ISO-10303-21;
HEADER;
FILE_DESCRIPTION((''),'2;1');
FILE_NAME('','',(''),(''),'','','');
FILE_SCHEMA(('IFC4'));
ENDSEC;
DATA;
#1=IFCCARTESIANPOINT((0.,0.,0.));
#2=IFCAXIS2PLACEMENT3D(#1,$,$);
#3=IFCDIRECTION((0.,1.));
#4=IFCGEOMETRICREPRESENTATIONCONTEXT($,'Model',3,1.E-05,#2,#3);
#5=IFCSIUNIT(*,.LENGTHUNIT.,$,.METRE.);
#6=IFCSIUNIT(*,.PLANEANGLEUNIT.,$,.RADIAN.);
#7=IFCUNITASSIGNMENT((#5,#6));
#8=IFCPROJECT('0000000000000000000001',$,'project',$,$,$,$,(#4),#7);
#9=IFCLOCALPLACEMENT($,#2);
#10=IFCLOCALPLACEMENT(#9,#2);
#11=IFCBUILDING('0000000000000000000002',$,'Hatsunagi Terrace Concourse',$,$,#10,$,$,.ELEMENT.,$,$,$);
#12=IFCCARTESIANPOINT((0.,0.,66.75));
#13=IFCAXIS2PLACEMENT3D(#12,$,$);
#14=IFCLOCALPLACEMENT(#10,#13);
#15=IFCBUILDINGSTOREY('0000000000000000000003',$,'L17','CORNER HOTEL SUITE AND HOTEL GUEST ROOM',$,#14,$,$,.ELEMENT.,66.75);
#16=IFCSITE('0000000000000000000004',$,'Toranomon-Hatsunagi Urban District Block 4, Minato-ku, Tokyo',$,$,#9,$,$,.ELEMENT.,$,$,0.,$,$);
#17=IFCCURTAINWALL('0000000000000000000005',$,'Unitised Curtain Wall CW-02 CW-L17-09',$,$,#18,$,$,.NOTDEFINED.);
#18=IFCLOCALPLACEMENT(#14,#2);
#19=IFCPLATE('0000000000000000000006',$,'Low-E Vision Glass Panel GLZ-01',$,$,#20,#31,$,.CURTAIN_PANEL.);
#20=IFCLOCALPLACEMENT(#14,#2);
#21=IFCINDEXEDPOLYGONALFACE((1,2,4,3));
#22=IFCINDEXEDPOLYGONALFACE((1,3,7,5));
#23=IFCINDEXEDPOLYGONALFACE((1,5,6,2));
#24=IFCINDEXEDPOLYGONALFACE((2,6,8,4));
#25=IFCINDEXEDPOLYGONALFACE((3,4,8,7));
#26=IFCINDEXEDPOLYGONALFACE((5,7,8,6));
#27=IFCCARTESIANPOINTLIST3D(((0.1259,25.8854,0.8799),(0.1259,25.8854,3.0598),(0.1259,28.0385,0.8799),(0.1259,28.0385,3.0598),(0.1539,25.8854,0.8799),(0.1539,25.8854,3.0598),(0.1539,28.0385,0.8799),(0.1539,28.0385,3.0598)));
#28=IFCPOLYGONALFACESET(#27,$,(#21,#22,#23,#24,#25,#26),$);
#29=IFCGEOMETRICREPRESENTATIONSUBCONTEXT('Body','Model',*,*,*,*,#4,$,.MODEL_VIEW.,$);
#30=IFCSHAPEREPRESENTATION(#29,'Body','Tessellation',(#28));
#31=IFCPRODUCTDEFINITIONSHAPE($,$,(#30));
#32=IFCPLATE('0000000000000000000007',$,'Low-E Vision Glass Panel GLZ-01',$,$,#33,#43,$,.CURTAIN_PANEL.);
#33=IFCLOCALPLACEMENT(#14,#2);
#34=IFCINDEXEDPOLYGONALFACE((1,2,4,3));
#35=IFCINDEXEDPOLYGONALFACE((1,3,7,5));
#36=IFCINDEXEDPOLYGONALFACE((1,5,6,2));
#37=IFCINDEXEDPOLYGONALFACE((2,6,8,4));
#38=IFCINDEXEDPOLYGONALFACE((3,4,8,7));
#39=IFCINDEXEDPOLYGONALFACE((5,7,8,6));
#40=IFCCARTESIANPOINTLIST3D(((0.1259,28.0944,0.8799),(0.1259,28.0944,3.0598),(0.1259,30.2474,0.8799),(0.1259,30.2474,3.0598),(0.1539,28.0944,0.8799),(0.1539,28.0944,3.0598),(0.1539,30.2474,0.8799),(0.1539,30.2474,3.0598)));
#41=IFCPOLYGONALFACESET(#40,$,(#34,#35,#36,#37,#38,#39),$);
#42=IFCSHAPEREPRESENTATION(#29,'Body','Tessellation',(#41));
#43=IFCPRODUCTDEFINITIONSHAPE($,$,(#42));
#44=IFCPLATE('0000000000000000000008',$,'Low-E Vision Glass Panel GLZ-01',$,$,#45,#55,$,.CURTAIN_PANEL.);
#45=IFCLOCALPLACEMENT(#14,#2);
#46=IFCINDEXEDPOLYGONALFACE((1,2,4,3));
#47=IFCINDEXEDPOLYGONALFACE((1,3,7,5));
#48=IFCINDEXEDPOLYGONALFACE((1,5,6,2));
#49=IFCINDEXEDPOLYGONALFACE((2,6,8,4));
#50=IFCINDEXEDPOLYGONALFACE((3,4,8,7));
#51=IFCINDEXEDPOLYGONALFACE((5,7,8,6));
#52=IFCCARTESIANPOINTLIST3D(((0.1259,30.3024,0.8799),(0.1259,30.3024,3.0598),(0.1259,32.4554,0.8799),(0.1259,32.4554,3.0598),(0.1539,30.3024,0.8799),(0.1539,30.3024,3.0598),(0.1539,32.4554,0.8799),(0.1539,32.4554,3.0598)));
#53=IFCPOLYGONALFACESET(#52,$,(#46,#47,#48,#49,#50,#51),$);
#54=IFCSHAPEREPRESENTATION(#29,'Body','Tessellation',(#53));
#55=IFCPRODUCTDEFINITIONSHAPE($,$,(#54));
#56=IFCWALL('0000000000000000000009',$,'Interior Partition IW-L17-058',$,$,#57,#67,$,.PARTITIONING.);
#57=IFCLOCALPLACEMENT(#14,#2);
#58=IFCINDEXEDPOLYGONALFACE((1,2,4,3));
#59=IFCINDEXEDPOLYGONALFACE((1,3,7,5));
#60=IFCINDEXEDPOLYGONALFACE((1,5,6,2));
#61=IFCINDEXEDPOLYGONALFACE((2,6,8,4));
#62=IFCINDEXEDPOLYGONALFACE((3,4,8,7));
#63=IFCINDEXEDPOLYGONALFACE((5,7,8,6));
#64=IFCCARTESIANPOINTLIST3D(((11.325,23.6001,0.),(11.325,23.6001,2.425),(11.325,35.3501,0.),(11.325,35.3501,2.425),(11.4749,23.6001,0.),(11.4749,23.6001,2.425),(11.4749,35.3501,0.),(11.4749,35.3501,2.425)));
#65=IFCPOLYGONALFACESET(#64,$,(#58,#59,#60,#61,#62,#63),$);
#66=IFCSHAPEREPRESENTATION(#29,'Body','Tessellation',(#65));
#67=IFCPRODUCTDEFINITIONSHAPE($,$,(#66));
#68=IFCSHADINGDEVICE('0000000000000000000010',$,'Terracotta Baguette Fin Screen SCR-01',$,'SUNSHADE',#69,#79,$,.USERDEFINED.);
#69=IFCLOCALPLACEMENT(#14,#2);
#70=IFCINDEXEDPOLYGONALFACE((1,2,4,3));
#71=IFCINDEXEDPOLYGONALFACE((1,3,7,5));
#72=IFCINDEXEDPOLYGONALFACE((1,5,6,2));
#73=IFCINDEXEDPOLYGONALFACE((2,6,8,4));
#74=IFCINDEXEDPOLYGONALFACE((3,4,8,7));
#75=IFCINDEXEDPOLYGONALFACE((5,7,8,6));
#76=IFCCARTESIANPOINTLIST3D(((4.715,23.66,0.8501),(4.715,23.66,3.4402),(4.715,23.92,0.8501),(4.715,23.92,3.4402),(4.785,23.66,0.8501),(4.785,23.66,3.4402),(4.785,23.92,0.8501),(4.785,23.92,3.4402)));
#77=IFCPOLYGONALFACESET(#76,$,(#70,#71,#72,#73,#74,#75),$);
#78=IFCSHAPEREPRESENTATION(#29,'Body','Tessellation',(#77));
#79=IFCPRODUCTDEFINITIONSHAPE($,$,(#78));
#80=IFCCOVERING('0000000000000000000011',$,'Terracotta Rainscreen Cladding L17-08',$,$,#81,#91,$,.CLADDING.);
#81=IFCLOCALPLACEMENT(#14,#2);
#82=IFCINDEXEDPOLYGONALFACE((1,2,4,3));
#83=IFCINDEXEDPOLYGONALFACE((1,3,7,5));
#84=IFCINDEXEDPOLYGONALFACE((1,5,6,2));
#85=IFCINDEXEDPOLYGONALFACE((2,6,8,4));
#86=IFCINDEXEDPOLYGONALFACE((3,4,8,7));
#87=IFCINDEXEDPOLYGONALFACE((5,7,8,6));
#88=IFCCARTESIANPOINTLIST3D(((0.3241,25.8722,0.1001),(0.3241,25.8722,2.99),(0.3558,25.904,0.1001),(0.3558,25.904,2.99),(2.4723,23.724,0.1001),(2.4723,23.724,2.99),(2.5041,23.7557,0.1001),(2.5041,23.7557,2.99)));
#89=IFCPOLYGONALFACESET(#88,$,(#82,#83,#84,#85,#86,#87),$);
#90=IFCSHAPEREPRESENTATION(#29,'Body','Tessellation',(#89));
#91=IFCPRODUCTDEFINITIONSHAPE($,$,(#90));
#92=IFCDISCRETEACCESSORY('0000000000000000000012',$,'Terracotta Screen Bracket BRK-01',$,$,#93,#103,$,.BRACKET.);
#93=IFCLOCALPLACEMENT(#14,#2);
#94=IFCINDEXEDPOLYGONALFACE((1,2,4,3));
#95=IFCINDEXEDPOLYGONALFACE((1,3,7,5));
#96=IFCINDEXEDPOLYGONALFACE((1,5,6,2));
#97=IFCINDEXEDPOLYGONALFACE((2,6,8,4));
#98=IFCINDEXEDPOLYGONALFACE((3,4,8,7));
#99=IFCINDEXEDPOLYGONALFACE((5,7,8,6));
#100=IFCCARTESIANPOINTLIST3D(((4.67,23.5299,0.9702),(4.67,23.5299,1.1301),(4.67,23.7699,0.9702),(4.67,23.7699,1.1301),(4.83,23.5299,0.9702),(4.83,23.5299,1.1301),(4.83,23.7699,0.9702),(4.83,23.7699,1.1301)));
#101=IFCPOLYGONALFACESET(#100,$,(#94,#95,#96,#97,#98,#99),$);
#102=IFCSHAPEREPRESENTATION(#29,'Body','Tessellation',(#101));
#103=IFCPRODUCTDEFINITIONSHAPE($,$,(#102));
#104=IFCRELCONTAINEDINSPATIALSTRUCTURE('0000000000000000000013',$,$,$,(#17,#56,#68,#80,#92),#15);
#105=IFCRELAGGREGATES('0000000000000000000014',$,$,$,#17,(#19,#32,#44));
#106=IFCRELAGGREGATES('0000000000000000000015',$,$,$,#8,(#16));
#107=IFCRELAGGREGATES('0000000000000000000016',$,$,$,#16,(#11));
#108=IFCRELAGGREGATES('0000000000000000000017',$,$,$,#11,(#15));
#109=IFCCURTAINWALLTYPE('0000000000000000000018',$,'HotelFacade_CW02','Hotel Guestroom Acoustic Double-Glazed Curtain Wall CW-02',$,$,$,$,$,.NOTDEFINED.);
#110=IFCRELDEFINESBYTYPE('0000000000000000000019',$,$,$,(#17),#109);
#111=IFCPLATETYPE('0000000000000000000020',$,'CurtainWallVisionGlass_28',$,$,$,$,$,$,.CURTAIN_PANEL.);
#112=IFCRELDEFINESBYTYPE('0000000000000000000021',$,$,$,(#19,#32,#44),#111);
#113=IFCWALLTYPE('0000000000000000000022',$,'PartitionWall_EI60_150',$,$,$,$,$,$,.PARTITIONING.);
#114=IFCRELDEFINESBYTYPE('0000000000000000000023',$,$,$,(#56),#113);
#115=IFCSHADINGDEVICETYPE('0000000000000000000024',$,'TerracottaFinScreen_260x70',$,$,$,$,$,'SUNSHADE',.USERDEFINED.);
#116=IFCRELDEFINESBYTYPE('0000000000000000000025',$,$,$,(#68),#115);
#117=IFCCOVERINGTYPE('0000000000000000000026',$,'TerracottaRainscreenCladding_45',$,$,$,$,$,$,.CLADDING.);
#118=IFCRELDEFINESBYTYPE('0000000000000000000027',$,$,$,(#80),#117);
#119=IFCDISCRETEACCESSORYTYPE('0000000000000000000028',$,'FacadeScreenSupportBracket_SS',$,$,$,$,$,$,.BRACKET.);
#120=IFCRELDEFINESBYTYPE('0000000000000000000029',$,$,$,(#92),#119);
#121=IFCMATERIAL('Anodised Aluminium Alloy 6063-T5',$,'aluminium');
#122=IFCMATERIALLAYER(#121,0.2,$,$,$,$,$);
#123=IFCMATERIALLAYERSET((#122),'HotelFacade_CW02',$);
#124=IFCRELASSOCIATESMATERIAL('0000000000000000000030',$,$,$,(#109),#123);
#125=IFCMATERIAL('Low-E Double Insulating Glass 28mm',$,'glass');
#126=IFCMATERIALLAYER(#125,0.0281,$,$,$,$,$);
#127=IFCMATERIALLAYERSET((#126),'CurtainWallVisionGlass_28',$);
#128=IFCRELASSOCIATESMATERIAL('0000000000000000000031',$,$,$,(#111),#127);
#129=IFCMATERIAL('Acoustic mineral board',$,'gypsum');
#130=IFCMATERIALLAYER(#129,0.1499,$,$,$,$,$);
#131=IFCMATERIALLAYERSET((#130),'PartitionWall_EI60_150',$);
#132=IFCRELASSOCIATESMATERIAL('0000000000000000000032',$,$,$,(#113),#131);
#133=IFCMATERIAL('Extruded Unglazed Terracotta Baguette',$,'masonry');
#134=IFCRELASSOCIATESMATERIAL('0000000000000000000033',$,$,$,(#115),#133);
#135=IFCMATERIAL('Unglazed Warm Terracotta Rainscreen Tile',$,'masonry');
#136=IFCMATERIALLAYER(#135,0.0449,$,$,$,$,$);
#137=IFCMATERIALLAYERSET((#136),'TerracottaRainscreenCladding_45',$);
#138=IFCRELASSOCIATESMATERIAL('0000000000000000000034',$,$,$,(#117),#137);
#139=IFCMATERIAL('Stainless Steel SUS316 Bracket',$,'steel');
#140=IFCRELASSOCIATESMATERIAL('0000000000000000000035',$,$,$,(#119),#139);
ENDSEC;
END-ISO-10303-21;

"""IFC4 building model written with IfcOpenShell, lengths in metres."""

from ifc_helpers import new_model, si_unit, direction, frame, frame_2d, origin, origin_2d, place, context, subcontext, project, spatial, rectangle, extrude, material, layer, layer_set, type_object, element, aggregate, save


model = new_model("IFC4")

# Units and contexts
model_context = context("Model", 3, precision=1e-05, world=origin(), true_north=direction((0.0, 1.0)))
body_context = subcontext(model_context, "Body", "Model", "MODEL_VIEW")
ifc_project = project(units=[si_unit("LENGTHUNIT", "METRE"), si_unit("PLANEANGLEUNIT", "RADIAN")], contexts=[model_context])

# Site, building, storey
site_placement = place(None, origin())
site = spatial("IfcSite", under=ifc_project, at=site_placement, Name="Toranomon-Hatsunagi Urban District Block 4, Minato-ku, Tokyo", CompositionType="ELEMENT", RefElevation=0.0)
building_placement = place(site_placement, origin())
building = spatial("IfcBuilding", under=site, at=building_placement, Name="Hatsunagi Terrace Concourse", CompositionType="ELEMENT")
storey_placement = place(building_placement, frame((0.0, 0.0, 66.75)))
storey = spatial("IfcBuildingStorey", under=building, at=storey_placement, Name="L17", Description="CORNER HOTEL SUITE AND HOTEL GUEST ROOM", CompositionType="ELEMENT", Elevation=66.75)

# Curtain wall
ifc_material_1 = material(Name="Anodised Aluminium Alloy 6063-T5", Category="aluminium")
ifc_layer_1 = layer(ifc_material_1, 0.2)
ifc_layer_set_1 = layer_set([ifc_layer_1], Name="HotelFacade_CW02")
curtain_wall_type = type_object("IfcCurtainWallType", Name="HotelFacade_CW02", Description="Hotel Guestroom Acoustic Double-Glazed Curtain Wall CW-02", PredefinedType="NOTDEFINED", material=ifc_layer_set_1)
curtain_wall_placement = place(storey_placement, origin())
curtain_wall = element("IfcCurtainWall", 1, at=curtain_wall_placement, inside=storey, type_object=curtain_wall_type, Name="Unitised Curtain Wall CW-02 CW-L17-09", PredefinedType="NOTDEFINED")

# Plates
ifc_material_2 = material(Name="Low-E Double Insulating Glass 28mm", Category="glass")
ifc_layer_2 = layer(ifc_material_2, 0.0281)
ifc_layer_set_2 = layer_set([ifc_layer_2], Name="CurtainWallVisionGlass_28")
plate_type_1 = type_object("IfcPlateType", Name="CurtainWallVisionGlass_28", PredefinedType="CURTAIN_PANEL", material=ifc_layer_set_2)
plate_1_placement = place(storey_placement, frame((0.1399, 26.9619, 0.8799), z_axis=(0.0, 0.0, 1.0), x_axis=(0.0, 1.0, 0.0)))
plate_1 = element("IfcPlate", 2, at=plate_1_placement, type_object=plate_type_1, Name="Low-E Vision Glass Panel GLZ-01", PredefinedType="CURTAIN_PANEL", context=body_context, shape_type="SweptSolid", body=[
    extrude(rectangle(XDim=2.1531, YDim=0.0281, at=origin_2d()), origin(), (0.0, 0.0, 1.0), 2.1799),
])
plate_2_placement = place(storey_placement, frame((0.1399, 29.1709, 0.8799), z_axis=(0.0, 0.0, 1.0), x_axis=(0.0, 1.0, 0.0)))
plate_2 = element("IfcPlate", 3, at=plate_2_placement, type_object=plate_type_1, Name="Low-E Vision Glass Panel GLZ-01", PredefinedType="CURTAIN_PANEL", context=body_context, shape_type="SweptSolid", body=[
    extrude(rectangle(XDim=2.1531, YDim=0.0281, at=origin_2d()), origin(), (0.0, 0.0, 1.0), 2.1799),
])
plate_3_placement = place(storey_placement, frame((0.1399, 31.3789, 0.8799), z_axis=(0.0, 0.0, 1.0), x_axis=(0.0, 1.0, 0.0)))
plate_3 = element("IfcPlate", 4, at=plate_3_placement, type_object=plate_type_1, Name="Low-E Vision Glass Panel GLZ-01", PredefinedType="CURTAIN_PANEL", context=body_context, shape_type="SweptSolid", body=[
    extrude(rectangle(XDim=2.1531, YDim=0.0281, at=origin_2d()), origin(), (0.0, 0.0, 1.0), 2.1799),
])
aggregate(curtain_wall, [plate_1, plate_2, plate_3])

# Wall
ifc_material_3 = material(Name="Acoustic mineral board", Category="gypsum")
ifc_layer_3 = layer(ifc_material_3, 0.1499)
ifc_layer_set_3 = layer_set([ifc_layer_3], Name="PartitionWall_EI60_150")
wall_type = type_object("IfcWallType", Name="PartitionWall_EI60_150", PredefinedType="PARTITIONING", material=ifc_layer_set_3)
wall_placement = place(storey_placement, frame((11.3999, 23.6001, 0.0), z_axis=(0.0, 0.0, 1.0), x_axis=(0.0, 1.0, 0.0)))
element("IfcWall", 5, at=wall_placement, inside=storey, type_object=wall_type, Name="Interior Partition IW-L17-058", PredefinedType="PARTITIONING", context=body_context, shape_type="SweptSolid", body=[
    extrude(rectangle(XDim=11.75, YDim=0.1499, at=frame_2d((5.875, 0.0))), origin(), (0.0, 0.0, 1.0), 2.425),
])

# Shading device
ifc_material_4 = material(Name="Extruded Unglazed Terracotta Baguette", Category="masonry")
shading_device_type = type_object("IfcShadingDeviceType", Name="TerracottaFinScreen_260x70", ElementType="SUNSHADE", PredefinedType="USERDEFINED", material=ifc_material_4)
shading_device_placement = place(storey_placement, frame((4.75, 23.79, 0.8501), z_axis=(0.0, 0.0, 1.0), x_axis=(-1.0, 0.0, 0.0)))
element("IfcShadingDevice", 6, at=shading_device_placement, inside=storey, type_object=shading_device_type, Name="Terracotta Baguette Fin Screen SCR-01", ObjectType="SUNSHADE", PredefinedType="USERDEFINED", context=body_context, shape_type="SweptSolid", body=[
    extrude(rectangle(XDim=0.0701, YDim=0.26, at=origin_2d()), origin(), (0.0, 0.0, 1.0), 2.5901),
])

# Covering
ifc_material_5 = material(Name="Unglazed Warm Terracotta Rainscreen Tile", Category="masonry")
ifc_layer_4 = layer(ifc_material_5, 0.0449)
ifc_layer_set_4 = layer_set([ifc_layer_4], Name="TerracottaRainscreenCladding_45")
covering_type = type_object("IfcCoveringType", Name="TerracottaRainscreenCladding_45", PredefinedType="CLADDING", material=ifc_layer_set_4)
covering_placement = place(storey_placement, frame((1.4141, 24.814, 0.1001), z_axis=(0.0, 0.0, 1.0), x_axis=(-0.707107, 0.707107, 0.0)))
element("IfcCovering", 7, at=covering_placement, inside=storey, type_object=covering_type, Name="Terracotta Rainscreen Cladding L17-08", PredefinedType="CLADDING", context=body_context, shape_type="SweptSolid", body=[
    extrude(rectangle(XDim=3.0381, YDim=0.0449, at=origin_2d()), origin(), (0.0, 0.0, 1.0), 2.8899),
])

# Discrete accessory
ifc_material_6 = material(Name="Stainless Steel SUS316 Bracket", Category="steel")
discrete_accessory_type = type_object("IfcDiscreteAccessoryType", Name="FacadeScreenSupportBracket_SS", PredefinedType="BRACKET", material=ifc_material_6)
discrete_accessory_placement = place(storey_placement, frame((4.75, 23.6499, 0.9702), z_axis=(0.0, 0.0, 1.0), x_axis=(-1.0, 0.0, 0.0)))
element("IfcDiscreteAccessory", 8, at=discrete_accessory_placement, inside=storey, type_object=discrete_accessory_type, Name="Terracotta Screen Bracket BRK-01", PredefinedType="BRACKET", context=body_context, shape_type="SweptSolid", body=[
    extrude(rectangle(XDim=0.1599, YDim=0.24, at=origin_2d()), origin(), (0.0, 0.0, 1.0), 0.1599),
])

save(model, "model.ifc")
